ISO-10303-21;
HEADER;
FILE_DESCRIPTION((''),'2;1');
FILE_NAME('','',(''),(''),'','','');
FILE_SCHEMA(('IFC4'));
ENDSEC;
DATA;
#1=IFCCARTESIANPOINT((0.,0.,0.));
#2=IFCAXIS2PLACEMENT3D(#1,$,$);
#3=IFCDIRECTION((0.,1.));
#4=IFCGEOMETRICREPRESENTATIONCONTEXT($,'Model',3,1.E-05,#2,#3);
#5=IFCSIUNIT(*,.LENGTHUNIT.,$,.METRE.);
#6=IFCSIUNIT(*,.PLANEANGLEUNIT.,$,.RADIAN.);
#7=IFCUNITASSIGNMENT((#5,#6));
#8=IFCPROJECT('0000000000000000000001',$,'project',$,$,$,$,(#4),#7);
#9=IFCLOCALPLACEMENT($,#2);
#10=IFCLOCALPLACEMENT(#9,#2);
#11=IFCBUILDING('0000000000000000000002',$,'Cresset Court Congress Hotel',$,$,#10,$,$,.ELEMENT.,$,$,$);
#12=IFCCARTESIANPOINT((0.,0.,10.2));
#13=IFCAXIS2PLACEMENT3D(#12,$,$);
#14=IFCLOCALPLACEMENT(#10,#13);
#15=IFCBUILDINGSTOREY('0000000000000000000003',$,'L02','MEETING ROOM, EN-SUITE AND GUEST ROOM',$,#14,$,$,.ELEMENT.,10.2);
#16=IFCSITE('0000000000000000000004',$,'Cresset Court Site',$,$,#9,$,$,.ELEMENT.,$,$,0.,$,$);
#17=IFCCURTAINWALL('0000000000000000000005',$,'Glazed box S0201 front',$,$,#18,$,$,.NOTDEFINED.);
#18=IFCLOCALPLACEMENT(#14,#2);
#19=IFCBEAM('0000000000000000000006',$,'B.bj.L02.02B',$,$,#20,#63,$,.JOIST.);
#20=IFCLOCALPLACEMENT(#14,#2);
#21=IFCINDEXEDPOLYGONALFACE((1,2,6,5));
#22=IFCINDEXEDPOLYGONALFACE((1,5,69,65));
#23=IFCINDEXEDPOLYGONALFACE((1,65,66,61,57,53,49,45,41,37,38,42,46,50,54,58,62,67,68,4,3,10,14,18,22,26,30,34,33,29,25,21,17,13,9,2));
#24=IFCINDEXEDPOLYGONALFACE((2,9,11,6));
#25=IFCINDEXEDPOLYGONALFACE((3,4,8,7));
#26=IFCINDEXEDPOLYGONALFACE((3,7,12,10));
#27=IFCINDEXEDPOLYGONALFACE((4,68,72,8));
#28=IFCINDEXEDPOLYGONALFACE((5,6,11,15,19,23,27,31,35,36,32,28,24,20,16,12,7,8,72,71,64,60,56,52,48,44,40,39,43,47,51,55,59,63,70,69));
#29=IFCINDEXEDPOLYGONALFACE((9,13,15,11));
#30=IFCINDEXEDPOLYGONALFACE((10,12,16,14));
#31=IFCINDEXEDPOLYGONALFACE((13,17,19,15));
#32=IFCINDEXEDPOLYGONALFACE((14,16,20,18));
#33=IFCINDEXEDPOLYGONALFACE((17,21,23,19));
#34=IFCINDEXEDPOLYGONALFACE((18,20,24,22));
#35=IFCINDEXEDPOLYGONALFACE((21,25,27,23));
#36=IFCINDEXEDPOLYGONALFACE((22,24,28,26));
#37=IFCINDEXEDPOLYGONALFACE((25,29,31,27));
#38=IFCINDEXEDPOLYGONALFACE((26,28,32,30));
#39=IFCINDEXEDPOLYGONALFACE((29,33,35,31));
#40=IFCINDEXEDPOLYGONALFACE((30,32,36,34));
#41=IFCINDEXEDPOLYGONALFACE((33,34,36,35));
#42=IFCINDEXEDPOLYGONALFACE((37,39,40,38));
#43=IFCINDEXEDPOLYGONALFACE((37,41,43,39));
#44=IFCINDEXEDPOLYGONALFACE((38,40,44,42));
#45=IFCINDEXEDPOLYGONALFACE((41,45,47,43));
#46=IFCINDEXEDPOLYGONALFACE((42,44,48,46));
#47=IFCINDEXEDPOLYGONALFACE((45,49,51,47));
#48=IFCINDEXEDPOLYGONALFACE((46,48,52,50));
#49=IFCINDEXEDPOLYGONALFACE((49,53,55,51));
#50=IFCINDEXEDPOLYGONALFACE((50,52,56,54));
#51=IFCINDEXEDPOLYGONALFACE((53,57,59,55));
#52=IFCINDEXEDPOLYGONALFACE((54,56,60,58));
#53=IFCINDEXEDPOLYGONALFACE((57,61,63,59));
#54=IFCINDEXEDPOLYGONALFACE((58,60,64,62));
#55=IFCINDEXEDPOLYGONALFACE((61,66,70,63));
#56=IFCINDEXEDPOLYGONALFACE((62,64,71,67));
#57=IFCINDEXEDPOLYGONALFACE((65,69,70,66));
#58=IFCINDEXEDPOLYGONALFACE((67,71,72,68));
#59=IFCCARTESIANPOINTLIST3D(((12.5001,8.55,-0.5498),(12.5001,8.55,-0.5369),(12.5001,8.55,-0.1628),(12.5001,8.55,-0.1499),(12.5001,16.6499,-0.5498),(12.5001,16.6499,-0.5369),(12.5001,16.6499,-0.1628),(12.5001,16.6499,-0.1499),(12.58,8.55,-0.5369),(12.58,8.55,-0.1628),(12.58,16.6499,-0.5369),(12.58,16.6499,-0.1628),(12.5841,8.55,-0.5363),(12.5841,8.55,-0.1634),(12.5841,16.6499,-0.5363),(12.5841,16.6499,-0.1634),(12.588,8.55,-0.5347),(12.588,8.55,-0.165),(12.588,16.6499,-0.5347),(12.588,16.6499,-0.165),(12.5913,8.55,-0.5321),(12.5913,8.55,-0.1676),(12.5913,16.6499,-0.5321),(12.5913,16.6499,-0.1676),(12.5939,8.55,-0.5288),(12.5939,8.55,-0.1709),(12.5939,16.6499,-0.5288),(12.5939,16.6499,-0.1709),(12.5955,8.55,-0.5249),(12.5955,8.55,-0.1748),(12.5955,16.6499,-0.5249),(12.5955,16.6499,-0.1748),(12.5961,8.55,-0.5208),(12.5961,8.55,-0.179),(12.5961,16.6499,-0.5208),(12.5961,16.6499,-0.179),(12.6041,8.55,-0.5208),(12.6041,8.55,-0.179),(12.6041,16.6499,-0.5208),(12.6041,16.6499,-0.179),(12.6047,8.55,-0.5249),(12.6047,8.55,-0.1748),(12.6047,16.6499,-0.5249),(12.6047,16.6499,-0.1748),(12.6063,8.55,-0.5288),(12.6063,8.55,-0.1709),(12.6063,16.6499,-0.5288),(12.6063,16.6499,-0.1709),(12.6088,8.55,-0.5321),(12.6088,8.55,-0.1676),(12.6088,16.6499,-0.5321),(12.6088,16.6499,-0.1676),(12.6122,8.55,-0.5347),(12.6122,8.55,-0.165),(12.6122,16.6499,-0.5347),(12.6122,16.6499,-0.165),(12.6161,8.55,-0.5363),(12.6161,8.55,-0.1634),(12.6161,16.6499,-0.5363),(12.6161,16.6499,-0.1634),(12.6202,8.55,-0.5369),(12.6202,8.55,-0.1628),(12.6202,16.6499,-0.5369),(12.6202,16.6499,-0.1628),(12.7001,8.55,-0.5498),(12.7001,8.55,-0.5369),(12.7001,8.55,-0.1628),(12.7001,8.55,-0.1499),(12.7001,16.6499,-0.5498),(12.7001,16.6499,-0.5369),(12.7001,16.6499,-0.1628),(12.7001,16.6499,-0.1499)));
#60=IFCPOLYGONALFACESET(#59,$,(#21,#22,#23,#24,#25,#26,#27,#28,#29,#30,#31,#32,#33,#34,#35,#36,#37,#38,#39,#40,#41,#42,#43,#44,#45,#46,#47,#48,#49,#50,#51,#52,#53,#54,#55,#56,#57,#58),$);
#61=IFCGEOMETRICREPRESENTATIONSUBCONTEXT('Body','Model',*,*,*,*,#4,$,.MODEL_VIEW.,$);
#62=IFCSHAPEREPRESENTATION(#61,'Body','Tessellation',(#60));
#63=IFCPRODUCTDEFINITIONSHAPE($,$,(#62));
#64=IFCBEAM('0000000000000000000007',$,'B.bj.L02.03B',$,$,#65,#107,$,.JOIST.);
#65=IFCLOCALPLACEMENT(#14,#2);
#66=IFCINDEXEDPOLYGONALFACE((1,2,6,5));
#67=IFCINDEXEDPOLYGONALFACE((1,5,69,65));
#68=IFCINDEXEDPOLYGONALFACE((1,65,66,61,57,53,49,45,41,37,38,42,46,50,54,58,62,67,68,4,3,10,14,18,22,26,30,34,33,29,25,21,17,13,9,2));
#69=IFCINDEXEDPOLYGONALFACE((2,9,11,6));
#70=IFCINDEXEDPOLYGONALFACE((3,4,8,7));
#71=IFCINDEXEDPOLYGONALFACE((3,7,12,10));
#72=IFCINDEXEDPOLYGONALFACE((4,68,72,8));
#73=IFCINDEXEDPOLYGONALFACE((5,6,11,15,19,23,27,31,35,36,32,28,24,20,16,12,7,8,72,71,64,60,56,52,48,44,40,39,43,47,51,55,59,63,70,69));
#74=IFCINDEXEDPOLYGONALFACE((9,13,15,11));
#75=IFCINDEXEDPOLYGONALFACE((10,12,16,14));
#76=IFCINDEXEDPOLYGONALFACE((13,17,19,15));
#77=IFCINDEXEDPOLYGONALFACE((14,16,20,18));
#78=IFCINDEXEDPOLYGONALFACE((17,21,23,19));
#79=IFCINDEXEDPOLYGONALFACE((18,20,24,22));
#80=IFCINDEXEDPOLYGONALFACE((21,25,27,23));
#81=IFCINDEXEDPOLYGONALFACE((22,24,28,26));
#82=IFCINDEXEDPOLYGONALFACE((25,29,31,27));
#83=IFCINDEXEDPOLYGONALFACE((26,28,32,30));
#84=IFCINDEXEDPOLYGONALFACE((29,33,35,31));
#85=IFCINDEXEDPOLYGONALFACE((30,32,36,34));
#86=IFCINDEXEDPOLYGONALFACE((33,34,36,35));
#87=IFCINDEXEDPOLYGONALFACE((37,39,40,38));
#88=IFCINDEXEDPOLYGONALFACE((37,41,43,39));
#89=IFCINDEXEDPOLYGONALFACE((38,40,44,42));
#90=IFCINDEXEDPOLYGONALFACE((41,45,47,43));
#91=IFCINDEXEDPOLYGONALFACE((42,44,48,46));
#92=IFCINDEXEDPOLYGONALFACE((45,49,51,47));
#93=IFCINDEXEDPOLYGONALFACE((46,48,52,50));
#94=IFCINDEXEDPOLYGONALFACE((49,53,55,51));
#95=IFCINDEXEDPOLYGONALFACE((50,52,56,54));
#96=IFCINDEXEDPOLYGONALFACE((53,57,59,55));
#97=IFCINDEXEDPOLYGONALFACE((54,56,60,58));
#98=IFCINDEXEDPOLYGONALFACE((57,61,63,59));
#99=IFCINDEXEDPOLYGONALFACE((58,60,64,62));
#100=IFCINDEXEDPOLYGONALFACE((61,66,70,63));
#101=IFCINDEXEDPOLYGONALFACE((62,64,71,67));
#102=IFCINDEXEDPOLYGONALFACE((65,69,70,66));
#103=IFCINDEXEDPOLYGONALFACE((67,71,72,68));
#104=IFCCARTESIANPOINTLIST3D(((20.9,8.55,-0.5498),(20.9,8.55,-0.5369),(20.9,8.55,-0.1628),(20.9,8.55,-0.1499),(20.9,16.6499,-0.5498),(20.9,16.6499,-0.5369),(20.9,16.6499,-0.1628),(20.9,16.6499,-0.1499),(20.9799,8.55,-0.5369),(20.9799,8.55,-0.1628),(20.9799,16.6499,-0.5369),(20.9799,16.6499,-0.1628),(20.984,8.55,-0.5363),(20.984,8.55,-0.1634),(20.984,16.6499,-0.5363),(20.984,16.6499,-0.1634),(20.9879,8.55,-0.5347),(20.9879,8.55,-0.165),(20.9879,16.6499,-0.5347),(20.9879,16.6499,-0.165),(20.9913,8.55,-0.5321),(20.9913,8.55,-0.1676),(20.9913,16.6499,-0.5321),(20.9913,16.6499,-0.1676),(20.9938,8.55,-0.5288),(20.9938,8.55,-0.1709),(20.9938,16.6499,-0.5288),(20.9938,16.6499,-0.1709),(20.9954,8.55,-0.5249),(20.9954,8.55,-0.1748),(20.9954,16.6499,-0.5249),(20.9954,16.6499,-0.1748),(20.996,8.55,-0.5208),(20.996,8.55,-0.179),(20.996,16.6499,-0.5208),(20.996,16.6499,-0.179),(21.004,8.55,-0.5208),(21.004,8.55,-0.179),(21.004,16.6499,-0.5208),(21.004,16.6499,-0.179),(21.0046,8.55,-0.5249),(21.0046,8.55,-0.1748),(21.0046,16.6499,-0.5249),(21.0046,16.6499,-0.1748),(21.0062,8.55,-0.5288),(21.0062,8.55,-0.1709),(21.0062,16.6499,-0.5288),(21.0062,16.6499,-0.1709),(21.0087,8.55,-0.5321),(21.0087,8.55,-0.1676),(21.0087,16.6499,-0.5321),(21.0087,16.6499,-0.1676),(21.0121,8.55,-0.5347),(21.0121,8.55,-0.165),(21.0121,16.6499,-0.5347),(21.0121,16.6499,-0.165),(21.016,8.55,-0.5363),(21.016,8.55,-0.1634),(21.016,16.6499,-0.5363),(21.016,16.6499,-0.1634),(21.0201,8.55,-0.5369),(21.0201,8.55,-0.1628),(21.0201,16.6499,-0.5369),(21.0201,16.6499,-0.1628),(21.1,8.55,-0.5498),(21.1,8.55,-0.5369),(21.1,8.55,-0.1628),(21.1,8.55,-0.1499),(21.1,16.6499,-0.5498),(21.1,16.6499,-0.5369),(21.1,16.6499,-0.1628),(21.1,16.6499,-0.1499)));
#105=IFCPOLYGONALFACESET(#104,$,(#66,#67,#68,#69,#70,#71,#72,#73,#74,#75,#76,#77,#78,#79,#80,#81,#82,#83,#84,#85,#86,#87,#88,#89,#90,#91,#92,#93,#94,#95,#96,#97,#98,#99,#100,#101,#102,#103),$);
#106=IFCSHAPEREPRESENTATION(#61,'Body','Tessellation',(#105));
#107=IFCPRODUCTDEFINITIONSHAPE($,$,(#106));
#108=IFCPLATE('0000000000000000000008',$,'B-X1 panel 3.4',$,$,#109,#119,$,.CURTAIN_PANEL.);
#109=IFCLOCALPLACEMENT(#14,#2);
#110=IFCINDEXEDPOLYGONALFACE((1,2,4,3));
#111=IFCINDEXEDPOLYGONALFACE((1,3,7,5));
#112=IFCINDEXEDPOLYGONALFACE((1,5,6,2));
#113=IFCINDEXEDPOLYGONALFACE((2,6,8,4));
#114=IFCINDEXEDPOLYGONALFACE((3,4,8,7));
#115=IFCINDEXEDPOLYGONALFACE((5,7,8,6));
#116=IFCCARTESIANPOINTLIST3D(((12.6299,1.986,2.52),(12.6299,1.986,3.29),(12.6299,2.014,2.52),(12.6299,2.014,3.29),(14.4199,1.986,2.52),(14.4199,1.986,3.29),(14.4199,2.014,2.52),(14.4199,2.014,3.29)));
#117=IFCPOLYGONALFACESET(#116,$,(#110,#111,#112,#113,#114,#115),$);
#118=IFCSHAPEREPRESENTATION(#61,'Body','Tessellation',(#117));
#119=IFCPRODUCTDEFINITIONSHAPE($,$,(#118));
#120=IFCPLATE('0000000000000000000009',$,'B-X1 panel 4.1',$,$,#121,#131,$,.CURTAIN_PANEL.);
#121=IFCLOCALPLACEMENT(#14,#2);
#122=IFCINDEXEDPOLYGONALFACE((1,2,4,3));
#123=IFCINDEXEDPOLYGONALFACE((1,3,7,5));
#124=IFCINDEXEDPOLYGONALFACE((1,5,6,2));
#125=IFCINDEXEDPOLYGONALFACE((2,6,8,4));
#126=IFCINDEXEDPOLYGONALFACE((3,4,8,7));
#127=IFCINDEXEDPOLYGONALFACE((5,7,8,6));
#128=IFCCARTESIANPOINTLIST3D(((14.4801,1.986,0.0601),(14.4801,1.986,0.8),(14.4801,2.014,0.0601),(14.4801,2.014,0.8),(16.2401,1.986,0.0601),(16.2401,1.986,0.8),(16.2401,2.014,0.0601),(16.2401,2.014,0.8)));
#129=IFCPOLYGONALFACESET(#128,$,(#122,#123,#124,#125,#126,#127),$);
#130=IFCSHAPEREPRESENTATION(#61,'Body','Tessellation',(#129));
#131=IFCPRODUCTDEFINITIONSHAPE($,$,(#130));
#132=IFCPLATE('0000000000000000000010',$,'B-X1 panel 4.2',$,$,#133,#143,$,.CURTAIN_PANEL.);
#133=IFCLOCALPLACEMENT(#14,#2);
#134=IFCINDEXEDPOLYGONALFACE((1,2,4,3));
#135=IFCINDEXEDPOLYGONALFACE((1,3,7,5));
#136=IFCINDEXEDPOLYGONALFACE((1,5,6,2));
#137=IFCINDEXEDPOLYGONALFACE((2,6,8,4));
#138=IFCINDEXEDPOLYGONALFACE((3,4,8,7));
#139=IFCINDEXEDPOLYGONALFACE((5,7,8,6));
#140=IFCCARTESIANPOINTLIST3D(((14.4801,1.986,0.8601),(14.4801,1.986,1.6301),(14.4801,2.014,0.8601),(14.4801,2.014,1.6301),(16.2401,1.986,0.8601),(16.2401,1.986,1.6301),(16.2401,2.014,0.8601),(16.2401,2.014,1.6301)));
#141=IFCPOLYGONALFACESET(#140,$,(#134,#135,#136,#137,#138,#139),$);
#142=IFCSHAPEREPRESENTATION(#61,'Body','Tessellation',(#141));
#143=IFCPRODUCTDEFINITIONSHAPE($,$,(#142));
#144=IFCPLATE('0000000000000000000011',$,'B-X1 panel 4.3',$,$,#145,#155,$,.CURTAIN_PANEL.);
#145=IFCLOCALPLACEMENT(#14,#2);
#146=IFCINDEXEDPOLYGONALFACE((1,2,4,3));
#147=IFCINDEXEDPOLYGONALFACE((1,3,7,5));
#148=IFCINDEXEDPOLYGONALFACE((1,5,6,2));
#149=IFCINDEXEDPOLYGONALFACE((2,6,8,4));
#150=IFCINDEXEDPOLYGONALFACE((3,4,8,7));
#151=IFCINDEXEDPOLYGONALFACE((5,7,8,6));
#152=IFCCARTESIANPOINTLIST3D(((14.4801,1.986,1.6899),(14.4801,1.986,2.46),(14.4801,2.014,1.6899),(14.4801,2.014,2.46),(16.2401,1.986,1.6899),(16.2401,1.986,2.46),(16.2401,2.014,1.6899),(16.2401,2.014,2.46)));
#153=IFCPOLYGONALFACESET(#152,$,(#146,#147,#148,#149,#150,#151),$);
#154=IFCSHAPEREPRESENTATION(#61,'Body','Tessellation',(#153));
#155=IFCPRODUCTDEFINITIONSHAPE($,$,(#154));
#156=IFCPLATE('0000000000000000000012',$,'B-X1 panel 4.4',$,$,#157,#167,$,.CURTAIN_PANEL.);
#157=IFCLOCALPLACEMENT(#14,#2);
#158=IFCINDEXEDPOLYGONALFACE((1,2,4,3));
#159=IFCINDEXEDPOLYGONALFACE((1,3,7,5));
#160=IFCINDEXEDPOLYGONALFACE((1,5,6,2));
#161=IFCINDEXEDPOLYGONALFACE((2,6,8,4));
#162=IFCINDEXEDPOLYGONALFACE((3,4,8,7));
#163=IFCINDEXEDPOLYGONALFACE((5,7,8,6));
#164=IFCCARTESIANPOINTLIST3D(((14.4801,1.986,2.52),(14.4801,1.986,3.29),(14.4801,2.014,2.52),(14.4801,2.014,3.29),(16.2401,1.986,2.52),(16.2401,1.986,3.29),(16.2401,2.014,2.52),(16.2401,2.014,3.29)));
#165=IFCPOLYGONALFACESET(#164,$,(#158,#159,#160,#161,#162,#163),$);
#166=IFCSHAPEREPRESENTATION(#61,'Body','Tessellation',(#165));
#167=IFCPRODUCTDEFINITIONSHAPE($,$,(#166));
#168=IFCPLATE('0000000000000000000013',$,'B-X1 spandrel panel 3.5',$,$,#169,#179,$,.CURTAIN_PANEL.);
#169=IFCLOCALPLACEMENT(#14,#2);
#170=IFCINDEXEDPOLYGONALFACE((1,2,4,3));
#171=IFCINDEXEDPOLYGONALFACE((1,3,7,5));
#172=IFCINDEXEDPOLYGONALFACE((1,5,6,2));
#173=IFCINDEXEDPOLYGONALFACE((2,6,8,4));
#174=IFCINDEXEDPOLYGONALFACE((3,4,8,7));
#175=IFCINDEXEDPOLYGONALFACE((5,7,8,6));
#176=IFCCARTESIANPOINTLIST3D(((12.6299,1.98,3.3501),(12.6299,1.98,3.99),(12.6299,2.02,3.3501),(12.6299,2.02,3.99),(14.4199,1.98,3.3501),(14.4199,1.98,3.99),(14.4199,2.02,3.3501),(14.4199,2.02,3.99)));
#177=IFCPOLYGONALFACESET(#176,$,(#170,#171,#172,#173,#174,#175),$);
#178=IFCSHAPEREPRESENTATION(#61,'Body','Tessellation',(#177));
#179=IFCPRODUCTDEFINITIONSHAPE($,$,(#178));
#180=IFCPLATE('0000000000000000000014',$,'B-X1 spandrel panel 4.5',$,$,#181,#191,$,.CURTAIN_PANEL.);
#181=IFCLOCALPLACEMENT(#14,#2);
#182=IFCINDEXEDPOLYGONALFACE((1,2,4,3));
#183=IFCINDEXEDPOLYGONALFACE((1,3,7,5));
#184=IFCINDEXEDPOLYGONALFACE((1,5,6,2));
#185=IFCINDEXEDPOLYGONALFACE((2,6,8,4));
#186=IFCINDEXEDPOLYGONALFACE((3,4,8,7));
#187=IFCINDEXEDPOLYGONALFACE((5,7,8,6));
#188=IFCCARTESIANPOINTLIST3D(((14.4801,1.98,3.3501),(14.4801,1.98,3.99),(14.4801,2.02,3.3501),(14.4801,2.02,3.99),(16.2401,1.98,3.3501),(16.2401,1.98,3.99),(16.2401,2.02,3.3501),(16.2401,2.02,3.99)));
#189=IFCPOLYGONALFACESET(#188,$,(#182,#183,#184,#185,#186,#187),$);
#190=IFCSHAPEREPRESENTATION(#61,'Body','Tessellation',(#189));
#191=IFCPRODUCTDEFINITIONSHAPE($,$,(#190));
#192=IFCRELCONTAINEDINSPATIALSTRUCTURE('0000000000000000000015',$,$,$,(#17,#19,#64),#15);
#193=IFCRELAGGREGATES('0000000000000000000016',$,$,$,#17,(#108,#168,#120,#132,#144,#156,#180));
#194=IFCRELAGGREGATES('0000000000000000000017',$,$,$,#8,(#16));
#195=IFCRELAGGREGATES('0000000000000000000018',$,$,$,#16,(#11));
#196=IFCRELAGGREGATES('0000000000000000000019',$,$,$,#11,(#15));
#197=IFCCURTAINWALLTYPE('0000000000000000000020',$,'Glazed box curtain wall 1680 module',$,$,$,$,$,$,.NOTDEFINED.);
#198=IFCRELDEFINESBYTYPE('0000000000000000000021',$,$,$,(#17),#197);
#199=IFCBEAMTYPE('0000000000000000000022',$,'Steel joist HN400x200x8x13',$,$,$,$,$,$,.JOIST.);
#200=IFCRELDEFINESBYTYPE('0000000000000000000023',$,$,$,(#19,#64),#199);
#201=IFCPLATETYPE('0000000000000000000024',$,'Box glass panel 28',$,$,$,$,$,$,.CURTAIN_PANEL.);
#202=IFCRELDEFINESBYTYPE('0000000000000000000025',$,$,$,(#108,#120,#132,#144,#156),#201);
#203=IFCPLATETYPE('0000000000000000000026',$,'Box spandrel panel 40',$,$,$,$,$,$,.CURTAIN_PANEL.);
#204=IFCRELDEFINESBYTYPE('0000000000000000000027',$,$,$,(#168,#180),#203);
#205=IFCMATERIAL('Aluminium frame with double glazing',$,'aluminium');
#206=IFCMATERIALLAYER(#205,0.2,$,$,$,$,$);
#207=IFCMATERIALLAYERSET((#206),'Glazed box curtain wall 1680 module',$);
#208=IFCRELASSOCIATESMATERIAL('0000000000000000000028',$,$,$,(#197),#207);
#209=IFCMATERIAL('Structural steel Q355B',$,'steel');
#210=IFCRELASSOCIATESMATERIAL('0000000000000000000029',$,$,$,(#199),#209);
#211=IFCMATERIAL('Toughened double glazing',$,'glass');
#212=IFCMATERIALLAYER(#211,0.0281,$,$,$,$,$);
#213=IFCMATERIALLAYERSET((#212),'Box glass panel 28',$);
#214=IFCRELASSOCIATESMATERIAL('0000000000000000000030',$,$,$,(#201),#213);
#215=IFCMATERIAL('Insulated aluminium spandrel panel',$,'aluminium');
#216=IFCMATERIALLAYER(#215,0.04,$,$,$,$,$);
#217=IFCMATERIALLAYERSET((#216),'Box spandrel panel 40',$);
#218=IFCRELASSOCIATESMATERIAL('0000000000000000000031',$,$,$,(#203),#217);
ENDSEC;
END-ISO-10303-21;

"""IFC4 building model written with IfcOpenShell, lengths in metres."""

from ifc_helpers import new_model, si_unit, direction, frame, origin, origin_2d, place, context, subcontext, project, spatial, rectangle, i_section, extrude, material, layer, layer_set, material_profile, profile_set, type_object, element, aggregate, save


model = new_model("IFC4")

# Units and contexts
model_context = context("Model", 3, precision=1e-05, world=origin(), true_north=direction((0.0, 1.0)))
body_context = subcontext(model_context, "Body", "Model", "MODEL_VIEW")
ifc_project = project(units=[si_unit("LENGTHUNIT", "METRE"), si_unit("PLANEANGLEUNIT", "RADIAN")], contexts=[model_context])

# Site, building, storey
site_placement = place(None, origin())
site = spatial("IfcSite", under=ifc_project, at=site_placement, Name="Cresset Court Site", CompositionType="ELEMENT", RefElevation=0.0)
building_placement = place(site_placement, origin())
building = spatial("IfcBuilding", under=site, at=building_placement, Name="Cresset Court Congress Hotel", CompositionType="ELEMENT")
storey_placement = place(building_placement, frame((0.0, 0.0, 10.2)))
storey = spatial("IfcBuildingStorey", under=building, at=storey_placement, Name="L02", Description="MEETING ROOM, EN-SUITE AND GUEST ROOM", CompositionType="ELEMENT", Elevation=10.2)

# Curtain wall
ifc_material_1 = material(Name="Aluminium frame with double glazing", Category="aluminium")
ifc_layer_1 = layer(ifc_material_1, 0.2)
ifc_layer_set_1 = layer_set([ifc_layer_1], Name="Glazed box curtain wall 1680 module")
curtain_wall_type = type_object("IfcCurtainWallType", Name="Glazed box curtain wall 1680 module", PredefinedType="NOTDEFINED", material=ifc_layer_set_1)
curtain_wall_placement = place(storey_placement, origin())
curtain_wall = element("IfcCurtainWall", 1, at=curtain_wall_placement, inside=storey, type_object=curtain_wall_type, Name="Glazed box S0201 front", PredefinedType="NOTDEFINED")

# Beams
ifc_material_2 = material(Name="Structural steel Q355B", Category="steel")
ifc_material_profile_1 = material_profile(ifc_material_2, i_section(OverallWidth=0.2, OverallDepth=0.3999, WebThickness=0.0081, FlangeThickness=0.0129, FilletRadius=0.0161, at=origin_2d()), Name="HN400x200x8x13")
ifc_profile_set_1 = profile_set([ifc_material_profile_1], Name="Structural steel Q355B")
beam_type_1 = type_object("IfcBeamType", Name="Steel joist HN400x200x8x13", PredefinedType="JOIST", material=ifc_profile_set_1)
for number, where, z_axis, x_axis, name in (
    (2, (12.6001, 8.55, -0.3499), (0.0, 1.0, 0.0), (-1.0, 0.0, 0.0), "B.bj.L02.02B"),
    (3, (21.0, 8.55, -0.3499), (0.0, 1.0, 0.0), (-1.0, 0.0, 0.0), "B.bj.L02.03B"),
):
    element("IfcBeam", number, at=place(storey_placement, frame(where, z_axis=z_axis, x_axis=x_axis)), inside=storey, type_object=beam_type_1, Name=name, PredefinedType="JOIST", context=body_context, shape_type="SweptSolid", body=[
        extrude(i_section(OverallWidth=0.2, OverallDepth=0.3999, WebThickness=0.0081, FlangeThickness=0.0129, FilletRadius=0.0161, at=origin_2d()), origin(), (0.0, 0.0, 1.0), 8.0999),
    ])

# Plates
ifc_material_3 = material(Name="Toughened double glazing", Category="glass")
ifc_layer_2 = layer(ifc_material_3, 0.0281)
ifc_layer_set_2 = layer_set([ifc_layer_2], Name="Box glass panel 28")
plate_type_1 = type_object("IfcPlateType", Name="Box glass panel 28", PredefinedType="CURTAIN_PANEL", material=ifc_layer_set_2)
plate_1_placement = place(storey_placement, frame((13.5249, 2.0, 2.52), z_axis=(0.0, 0.0, 1.0), x_axis=(1.0, 0.0, 0.0)))
plate_1 = element("IfcPlate", 4, at=plate_1_placement, type_object=plate_type_1, Name="B-X1 panel 3.4", PredefinedType="CURTAIN_PANEL", context=body_context, shape_type="SweptSolid", body=[
    extrude(rectangle(XDim=1.79, YDim=0.0281, at=origin_2d()), origin(), (0.0, 0.0, 1.0), 0.77),
])
plate_2_placement = place(storey_placement, frame((15.3601, 2.0, 0.0601), z_axis=(0.0, 0.0, 1.0), x_axis=(1.0, 0.0, 0.0)))
plate_2 = element("IfcPlate", 5, at=plate_2_placement, type_object=plate_type_1, Name="B-X1 panel 4.1", PredefinedType="CURTAIN_PANEL", context=body_context, shape_type="SweptSolid", body=[
    extrude(rectangle(XDim=1.76, YDim=0.0281, at=origin_2d()), origin(), (0.0, 0.0, 1.0), 0.74),
])
plate_3_placement = place(storey_placement, frame((15.3601, 2.0, 0.8601), z_axis=(0.0, 0.0, 1.0), x_axis=(1.0, 0.0, 0.0)))
plate_3 = element("IfcPlate", 6, at=plate_3_placement, type_object=plate_type_1, Name="B-X1 panel 4.2", PredefinedType="CURTAIN_PANEL", context=body_context, shape_type="SweptSolid", body=[
    extrude(rectangle(XDim=1.76, YDim=0.0281, at=origin_2d()), origin(), (0.0, 0.0, 1.0), 0.77),
])
plate_4_placement = place(storey_placement, frame((15.3601, 2.0, 1.6899), z_axis=(0.0, 0.0, 1.0), x_axis=(1.0, 0.0, 0.0)))
plate_4 = element("IfcPlate", 7, at=plate_4_placement, type_object=plate_type_1, Name="B-X1 panel 4.3", PredefinedType="CURTAIN_PANEL", context=body_context, shape_type="SweptSolid", body=[
    extrude(rectangle(XDim=1.76, YDim=0.0281, at=origin_2d()), origin(), (0.0, 0.0, 1.0), 0.77),
])
plate_5_placement = place(storey_placement, frame((15.3601, 2.0, 2.52), z_axis=(0.0, 0.0, 1.0), x_axis=(1.0, 0.0, 0.0)))
plate_5 = element("IfcPlate", 8, at=plate_5_placement, type_object=plate_type_1, Name="B-X1 panel 4.4", PredefinedType="CURTAIN_PANEL", context=body_context, shape_type="SweptSolid", body=[
    extrude(rectangle(XDim=1.76, YDim=0.0281, at=origin_2d()), origin(), (0.0, 0.0, 1.0), 0.77),
])
ifc_material_4 = material(Name="Insulated aluminium spandrel panel", Category="aluminium")
ifc_layer_3 = layer(ifc_material_4, 0.04)
ifc_layer_set_3 = layer_set([ifc_layer_3], Name="Box spandrel panel 40")
plate_type_2 = type_object("IfcPlateType", Name="Box spandrel panel 40", PredefinedType="CURTAIN_PANEL", material=ifc_layer_set_3)
plate_6_placement = place(storey_placement, frame((13.5249, 2.0, 3.3501), z_axis=(0.0, 0.0, 1.0), x_axis=(1.0, 0.0, 0.0)))
plate_6 = element("IfcPlate", 9, at=plate_6_placement, type_object=plate_type_2, Name="B-X1 spandrel panel 3.5", PredefinedType="CURTAIN_PANEL", context=body_context, shape_type="SweptSolid", body=[
    extrude(rectangle(XDim=1.79, YDim=0.04, at=origin_2d()), origin(), (0.0, 0.0, 1.0), 0.6399),
])
plate_7_placement = place(storey_placement, frame((15.3601, 2.0, 3.3501), z_axis=(0.0, 0.0, 1.0), x_axis=(1.0, 0.0, 0.0)))
plate_7 = element("IfcPlate", 10, at=plate_7_placement, type_object=plate_type_2, Name="B-X1 spandrel panel 4.5", PredefinedType="CURTAIN_PANEL", context=body_context, shape_type="SweptSolid", body=[
    extrude(rectangle(XDim=1.76, YDim=0.04, at=origin_2d()), origin(), (0.0, 0.0, 1.0), 0.6399),
])
aggregate(curtain_wall, [plate_1, plate_6, plate_2, plate_3, plate_4, plate_5, plate_7])

save(model, "model.ifc")
